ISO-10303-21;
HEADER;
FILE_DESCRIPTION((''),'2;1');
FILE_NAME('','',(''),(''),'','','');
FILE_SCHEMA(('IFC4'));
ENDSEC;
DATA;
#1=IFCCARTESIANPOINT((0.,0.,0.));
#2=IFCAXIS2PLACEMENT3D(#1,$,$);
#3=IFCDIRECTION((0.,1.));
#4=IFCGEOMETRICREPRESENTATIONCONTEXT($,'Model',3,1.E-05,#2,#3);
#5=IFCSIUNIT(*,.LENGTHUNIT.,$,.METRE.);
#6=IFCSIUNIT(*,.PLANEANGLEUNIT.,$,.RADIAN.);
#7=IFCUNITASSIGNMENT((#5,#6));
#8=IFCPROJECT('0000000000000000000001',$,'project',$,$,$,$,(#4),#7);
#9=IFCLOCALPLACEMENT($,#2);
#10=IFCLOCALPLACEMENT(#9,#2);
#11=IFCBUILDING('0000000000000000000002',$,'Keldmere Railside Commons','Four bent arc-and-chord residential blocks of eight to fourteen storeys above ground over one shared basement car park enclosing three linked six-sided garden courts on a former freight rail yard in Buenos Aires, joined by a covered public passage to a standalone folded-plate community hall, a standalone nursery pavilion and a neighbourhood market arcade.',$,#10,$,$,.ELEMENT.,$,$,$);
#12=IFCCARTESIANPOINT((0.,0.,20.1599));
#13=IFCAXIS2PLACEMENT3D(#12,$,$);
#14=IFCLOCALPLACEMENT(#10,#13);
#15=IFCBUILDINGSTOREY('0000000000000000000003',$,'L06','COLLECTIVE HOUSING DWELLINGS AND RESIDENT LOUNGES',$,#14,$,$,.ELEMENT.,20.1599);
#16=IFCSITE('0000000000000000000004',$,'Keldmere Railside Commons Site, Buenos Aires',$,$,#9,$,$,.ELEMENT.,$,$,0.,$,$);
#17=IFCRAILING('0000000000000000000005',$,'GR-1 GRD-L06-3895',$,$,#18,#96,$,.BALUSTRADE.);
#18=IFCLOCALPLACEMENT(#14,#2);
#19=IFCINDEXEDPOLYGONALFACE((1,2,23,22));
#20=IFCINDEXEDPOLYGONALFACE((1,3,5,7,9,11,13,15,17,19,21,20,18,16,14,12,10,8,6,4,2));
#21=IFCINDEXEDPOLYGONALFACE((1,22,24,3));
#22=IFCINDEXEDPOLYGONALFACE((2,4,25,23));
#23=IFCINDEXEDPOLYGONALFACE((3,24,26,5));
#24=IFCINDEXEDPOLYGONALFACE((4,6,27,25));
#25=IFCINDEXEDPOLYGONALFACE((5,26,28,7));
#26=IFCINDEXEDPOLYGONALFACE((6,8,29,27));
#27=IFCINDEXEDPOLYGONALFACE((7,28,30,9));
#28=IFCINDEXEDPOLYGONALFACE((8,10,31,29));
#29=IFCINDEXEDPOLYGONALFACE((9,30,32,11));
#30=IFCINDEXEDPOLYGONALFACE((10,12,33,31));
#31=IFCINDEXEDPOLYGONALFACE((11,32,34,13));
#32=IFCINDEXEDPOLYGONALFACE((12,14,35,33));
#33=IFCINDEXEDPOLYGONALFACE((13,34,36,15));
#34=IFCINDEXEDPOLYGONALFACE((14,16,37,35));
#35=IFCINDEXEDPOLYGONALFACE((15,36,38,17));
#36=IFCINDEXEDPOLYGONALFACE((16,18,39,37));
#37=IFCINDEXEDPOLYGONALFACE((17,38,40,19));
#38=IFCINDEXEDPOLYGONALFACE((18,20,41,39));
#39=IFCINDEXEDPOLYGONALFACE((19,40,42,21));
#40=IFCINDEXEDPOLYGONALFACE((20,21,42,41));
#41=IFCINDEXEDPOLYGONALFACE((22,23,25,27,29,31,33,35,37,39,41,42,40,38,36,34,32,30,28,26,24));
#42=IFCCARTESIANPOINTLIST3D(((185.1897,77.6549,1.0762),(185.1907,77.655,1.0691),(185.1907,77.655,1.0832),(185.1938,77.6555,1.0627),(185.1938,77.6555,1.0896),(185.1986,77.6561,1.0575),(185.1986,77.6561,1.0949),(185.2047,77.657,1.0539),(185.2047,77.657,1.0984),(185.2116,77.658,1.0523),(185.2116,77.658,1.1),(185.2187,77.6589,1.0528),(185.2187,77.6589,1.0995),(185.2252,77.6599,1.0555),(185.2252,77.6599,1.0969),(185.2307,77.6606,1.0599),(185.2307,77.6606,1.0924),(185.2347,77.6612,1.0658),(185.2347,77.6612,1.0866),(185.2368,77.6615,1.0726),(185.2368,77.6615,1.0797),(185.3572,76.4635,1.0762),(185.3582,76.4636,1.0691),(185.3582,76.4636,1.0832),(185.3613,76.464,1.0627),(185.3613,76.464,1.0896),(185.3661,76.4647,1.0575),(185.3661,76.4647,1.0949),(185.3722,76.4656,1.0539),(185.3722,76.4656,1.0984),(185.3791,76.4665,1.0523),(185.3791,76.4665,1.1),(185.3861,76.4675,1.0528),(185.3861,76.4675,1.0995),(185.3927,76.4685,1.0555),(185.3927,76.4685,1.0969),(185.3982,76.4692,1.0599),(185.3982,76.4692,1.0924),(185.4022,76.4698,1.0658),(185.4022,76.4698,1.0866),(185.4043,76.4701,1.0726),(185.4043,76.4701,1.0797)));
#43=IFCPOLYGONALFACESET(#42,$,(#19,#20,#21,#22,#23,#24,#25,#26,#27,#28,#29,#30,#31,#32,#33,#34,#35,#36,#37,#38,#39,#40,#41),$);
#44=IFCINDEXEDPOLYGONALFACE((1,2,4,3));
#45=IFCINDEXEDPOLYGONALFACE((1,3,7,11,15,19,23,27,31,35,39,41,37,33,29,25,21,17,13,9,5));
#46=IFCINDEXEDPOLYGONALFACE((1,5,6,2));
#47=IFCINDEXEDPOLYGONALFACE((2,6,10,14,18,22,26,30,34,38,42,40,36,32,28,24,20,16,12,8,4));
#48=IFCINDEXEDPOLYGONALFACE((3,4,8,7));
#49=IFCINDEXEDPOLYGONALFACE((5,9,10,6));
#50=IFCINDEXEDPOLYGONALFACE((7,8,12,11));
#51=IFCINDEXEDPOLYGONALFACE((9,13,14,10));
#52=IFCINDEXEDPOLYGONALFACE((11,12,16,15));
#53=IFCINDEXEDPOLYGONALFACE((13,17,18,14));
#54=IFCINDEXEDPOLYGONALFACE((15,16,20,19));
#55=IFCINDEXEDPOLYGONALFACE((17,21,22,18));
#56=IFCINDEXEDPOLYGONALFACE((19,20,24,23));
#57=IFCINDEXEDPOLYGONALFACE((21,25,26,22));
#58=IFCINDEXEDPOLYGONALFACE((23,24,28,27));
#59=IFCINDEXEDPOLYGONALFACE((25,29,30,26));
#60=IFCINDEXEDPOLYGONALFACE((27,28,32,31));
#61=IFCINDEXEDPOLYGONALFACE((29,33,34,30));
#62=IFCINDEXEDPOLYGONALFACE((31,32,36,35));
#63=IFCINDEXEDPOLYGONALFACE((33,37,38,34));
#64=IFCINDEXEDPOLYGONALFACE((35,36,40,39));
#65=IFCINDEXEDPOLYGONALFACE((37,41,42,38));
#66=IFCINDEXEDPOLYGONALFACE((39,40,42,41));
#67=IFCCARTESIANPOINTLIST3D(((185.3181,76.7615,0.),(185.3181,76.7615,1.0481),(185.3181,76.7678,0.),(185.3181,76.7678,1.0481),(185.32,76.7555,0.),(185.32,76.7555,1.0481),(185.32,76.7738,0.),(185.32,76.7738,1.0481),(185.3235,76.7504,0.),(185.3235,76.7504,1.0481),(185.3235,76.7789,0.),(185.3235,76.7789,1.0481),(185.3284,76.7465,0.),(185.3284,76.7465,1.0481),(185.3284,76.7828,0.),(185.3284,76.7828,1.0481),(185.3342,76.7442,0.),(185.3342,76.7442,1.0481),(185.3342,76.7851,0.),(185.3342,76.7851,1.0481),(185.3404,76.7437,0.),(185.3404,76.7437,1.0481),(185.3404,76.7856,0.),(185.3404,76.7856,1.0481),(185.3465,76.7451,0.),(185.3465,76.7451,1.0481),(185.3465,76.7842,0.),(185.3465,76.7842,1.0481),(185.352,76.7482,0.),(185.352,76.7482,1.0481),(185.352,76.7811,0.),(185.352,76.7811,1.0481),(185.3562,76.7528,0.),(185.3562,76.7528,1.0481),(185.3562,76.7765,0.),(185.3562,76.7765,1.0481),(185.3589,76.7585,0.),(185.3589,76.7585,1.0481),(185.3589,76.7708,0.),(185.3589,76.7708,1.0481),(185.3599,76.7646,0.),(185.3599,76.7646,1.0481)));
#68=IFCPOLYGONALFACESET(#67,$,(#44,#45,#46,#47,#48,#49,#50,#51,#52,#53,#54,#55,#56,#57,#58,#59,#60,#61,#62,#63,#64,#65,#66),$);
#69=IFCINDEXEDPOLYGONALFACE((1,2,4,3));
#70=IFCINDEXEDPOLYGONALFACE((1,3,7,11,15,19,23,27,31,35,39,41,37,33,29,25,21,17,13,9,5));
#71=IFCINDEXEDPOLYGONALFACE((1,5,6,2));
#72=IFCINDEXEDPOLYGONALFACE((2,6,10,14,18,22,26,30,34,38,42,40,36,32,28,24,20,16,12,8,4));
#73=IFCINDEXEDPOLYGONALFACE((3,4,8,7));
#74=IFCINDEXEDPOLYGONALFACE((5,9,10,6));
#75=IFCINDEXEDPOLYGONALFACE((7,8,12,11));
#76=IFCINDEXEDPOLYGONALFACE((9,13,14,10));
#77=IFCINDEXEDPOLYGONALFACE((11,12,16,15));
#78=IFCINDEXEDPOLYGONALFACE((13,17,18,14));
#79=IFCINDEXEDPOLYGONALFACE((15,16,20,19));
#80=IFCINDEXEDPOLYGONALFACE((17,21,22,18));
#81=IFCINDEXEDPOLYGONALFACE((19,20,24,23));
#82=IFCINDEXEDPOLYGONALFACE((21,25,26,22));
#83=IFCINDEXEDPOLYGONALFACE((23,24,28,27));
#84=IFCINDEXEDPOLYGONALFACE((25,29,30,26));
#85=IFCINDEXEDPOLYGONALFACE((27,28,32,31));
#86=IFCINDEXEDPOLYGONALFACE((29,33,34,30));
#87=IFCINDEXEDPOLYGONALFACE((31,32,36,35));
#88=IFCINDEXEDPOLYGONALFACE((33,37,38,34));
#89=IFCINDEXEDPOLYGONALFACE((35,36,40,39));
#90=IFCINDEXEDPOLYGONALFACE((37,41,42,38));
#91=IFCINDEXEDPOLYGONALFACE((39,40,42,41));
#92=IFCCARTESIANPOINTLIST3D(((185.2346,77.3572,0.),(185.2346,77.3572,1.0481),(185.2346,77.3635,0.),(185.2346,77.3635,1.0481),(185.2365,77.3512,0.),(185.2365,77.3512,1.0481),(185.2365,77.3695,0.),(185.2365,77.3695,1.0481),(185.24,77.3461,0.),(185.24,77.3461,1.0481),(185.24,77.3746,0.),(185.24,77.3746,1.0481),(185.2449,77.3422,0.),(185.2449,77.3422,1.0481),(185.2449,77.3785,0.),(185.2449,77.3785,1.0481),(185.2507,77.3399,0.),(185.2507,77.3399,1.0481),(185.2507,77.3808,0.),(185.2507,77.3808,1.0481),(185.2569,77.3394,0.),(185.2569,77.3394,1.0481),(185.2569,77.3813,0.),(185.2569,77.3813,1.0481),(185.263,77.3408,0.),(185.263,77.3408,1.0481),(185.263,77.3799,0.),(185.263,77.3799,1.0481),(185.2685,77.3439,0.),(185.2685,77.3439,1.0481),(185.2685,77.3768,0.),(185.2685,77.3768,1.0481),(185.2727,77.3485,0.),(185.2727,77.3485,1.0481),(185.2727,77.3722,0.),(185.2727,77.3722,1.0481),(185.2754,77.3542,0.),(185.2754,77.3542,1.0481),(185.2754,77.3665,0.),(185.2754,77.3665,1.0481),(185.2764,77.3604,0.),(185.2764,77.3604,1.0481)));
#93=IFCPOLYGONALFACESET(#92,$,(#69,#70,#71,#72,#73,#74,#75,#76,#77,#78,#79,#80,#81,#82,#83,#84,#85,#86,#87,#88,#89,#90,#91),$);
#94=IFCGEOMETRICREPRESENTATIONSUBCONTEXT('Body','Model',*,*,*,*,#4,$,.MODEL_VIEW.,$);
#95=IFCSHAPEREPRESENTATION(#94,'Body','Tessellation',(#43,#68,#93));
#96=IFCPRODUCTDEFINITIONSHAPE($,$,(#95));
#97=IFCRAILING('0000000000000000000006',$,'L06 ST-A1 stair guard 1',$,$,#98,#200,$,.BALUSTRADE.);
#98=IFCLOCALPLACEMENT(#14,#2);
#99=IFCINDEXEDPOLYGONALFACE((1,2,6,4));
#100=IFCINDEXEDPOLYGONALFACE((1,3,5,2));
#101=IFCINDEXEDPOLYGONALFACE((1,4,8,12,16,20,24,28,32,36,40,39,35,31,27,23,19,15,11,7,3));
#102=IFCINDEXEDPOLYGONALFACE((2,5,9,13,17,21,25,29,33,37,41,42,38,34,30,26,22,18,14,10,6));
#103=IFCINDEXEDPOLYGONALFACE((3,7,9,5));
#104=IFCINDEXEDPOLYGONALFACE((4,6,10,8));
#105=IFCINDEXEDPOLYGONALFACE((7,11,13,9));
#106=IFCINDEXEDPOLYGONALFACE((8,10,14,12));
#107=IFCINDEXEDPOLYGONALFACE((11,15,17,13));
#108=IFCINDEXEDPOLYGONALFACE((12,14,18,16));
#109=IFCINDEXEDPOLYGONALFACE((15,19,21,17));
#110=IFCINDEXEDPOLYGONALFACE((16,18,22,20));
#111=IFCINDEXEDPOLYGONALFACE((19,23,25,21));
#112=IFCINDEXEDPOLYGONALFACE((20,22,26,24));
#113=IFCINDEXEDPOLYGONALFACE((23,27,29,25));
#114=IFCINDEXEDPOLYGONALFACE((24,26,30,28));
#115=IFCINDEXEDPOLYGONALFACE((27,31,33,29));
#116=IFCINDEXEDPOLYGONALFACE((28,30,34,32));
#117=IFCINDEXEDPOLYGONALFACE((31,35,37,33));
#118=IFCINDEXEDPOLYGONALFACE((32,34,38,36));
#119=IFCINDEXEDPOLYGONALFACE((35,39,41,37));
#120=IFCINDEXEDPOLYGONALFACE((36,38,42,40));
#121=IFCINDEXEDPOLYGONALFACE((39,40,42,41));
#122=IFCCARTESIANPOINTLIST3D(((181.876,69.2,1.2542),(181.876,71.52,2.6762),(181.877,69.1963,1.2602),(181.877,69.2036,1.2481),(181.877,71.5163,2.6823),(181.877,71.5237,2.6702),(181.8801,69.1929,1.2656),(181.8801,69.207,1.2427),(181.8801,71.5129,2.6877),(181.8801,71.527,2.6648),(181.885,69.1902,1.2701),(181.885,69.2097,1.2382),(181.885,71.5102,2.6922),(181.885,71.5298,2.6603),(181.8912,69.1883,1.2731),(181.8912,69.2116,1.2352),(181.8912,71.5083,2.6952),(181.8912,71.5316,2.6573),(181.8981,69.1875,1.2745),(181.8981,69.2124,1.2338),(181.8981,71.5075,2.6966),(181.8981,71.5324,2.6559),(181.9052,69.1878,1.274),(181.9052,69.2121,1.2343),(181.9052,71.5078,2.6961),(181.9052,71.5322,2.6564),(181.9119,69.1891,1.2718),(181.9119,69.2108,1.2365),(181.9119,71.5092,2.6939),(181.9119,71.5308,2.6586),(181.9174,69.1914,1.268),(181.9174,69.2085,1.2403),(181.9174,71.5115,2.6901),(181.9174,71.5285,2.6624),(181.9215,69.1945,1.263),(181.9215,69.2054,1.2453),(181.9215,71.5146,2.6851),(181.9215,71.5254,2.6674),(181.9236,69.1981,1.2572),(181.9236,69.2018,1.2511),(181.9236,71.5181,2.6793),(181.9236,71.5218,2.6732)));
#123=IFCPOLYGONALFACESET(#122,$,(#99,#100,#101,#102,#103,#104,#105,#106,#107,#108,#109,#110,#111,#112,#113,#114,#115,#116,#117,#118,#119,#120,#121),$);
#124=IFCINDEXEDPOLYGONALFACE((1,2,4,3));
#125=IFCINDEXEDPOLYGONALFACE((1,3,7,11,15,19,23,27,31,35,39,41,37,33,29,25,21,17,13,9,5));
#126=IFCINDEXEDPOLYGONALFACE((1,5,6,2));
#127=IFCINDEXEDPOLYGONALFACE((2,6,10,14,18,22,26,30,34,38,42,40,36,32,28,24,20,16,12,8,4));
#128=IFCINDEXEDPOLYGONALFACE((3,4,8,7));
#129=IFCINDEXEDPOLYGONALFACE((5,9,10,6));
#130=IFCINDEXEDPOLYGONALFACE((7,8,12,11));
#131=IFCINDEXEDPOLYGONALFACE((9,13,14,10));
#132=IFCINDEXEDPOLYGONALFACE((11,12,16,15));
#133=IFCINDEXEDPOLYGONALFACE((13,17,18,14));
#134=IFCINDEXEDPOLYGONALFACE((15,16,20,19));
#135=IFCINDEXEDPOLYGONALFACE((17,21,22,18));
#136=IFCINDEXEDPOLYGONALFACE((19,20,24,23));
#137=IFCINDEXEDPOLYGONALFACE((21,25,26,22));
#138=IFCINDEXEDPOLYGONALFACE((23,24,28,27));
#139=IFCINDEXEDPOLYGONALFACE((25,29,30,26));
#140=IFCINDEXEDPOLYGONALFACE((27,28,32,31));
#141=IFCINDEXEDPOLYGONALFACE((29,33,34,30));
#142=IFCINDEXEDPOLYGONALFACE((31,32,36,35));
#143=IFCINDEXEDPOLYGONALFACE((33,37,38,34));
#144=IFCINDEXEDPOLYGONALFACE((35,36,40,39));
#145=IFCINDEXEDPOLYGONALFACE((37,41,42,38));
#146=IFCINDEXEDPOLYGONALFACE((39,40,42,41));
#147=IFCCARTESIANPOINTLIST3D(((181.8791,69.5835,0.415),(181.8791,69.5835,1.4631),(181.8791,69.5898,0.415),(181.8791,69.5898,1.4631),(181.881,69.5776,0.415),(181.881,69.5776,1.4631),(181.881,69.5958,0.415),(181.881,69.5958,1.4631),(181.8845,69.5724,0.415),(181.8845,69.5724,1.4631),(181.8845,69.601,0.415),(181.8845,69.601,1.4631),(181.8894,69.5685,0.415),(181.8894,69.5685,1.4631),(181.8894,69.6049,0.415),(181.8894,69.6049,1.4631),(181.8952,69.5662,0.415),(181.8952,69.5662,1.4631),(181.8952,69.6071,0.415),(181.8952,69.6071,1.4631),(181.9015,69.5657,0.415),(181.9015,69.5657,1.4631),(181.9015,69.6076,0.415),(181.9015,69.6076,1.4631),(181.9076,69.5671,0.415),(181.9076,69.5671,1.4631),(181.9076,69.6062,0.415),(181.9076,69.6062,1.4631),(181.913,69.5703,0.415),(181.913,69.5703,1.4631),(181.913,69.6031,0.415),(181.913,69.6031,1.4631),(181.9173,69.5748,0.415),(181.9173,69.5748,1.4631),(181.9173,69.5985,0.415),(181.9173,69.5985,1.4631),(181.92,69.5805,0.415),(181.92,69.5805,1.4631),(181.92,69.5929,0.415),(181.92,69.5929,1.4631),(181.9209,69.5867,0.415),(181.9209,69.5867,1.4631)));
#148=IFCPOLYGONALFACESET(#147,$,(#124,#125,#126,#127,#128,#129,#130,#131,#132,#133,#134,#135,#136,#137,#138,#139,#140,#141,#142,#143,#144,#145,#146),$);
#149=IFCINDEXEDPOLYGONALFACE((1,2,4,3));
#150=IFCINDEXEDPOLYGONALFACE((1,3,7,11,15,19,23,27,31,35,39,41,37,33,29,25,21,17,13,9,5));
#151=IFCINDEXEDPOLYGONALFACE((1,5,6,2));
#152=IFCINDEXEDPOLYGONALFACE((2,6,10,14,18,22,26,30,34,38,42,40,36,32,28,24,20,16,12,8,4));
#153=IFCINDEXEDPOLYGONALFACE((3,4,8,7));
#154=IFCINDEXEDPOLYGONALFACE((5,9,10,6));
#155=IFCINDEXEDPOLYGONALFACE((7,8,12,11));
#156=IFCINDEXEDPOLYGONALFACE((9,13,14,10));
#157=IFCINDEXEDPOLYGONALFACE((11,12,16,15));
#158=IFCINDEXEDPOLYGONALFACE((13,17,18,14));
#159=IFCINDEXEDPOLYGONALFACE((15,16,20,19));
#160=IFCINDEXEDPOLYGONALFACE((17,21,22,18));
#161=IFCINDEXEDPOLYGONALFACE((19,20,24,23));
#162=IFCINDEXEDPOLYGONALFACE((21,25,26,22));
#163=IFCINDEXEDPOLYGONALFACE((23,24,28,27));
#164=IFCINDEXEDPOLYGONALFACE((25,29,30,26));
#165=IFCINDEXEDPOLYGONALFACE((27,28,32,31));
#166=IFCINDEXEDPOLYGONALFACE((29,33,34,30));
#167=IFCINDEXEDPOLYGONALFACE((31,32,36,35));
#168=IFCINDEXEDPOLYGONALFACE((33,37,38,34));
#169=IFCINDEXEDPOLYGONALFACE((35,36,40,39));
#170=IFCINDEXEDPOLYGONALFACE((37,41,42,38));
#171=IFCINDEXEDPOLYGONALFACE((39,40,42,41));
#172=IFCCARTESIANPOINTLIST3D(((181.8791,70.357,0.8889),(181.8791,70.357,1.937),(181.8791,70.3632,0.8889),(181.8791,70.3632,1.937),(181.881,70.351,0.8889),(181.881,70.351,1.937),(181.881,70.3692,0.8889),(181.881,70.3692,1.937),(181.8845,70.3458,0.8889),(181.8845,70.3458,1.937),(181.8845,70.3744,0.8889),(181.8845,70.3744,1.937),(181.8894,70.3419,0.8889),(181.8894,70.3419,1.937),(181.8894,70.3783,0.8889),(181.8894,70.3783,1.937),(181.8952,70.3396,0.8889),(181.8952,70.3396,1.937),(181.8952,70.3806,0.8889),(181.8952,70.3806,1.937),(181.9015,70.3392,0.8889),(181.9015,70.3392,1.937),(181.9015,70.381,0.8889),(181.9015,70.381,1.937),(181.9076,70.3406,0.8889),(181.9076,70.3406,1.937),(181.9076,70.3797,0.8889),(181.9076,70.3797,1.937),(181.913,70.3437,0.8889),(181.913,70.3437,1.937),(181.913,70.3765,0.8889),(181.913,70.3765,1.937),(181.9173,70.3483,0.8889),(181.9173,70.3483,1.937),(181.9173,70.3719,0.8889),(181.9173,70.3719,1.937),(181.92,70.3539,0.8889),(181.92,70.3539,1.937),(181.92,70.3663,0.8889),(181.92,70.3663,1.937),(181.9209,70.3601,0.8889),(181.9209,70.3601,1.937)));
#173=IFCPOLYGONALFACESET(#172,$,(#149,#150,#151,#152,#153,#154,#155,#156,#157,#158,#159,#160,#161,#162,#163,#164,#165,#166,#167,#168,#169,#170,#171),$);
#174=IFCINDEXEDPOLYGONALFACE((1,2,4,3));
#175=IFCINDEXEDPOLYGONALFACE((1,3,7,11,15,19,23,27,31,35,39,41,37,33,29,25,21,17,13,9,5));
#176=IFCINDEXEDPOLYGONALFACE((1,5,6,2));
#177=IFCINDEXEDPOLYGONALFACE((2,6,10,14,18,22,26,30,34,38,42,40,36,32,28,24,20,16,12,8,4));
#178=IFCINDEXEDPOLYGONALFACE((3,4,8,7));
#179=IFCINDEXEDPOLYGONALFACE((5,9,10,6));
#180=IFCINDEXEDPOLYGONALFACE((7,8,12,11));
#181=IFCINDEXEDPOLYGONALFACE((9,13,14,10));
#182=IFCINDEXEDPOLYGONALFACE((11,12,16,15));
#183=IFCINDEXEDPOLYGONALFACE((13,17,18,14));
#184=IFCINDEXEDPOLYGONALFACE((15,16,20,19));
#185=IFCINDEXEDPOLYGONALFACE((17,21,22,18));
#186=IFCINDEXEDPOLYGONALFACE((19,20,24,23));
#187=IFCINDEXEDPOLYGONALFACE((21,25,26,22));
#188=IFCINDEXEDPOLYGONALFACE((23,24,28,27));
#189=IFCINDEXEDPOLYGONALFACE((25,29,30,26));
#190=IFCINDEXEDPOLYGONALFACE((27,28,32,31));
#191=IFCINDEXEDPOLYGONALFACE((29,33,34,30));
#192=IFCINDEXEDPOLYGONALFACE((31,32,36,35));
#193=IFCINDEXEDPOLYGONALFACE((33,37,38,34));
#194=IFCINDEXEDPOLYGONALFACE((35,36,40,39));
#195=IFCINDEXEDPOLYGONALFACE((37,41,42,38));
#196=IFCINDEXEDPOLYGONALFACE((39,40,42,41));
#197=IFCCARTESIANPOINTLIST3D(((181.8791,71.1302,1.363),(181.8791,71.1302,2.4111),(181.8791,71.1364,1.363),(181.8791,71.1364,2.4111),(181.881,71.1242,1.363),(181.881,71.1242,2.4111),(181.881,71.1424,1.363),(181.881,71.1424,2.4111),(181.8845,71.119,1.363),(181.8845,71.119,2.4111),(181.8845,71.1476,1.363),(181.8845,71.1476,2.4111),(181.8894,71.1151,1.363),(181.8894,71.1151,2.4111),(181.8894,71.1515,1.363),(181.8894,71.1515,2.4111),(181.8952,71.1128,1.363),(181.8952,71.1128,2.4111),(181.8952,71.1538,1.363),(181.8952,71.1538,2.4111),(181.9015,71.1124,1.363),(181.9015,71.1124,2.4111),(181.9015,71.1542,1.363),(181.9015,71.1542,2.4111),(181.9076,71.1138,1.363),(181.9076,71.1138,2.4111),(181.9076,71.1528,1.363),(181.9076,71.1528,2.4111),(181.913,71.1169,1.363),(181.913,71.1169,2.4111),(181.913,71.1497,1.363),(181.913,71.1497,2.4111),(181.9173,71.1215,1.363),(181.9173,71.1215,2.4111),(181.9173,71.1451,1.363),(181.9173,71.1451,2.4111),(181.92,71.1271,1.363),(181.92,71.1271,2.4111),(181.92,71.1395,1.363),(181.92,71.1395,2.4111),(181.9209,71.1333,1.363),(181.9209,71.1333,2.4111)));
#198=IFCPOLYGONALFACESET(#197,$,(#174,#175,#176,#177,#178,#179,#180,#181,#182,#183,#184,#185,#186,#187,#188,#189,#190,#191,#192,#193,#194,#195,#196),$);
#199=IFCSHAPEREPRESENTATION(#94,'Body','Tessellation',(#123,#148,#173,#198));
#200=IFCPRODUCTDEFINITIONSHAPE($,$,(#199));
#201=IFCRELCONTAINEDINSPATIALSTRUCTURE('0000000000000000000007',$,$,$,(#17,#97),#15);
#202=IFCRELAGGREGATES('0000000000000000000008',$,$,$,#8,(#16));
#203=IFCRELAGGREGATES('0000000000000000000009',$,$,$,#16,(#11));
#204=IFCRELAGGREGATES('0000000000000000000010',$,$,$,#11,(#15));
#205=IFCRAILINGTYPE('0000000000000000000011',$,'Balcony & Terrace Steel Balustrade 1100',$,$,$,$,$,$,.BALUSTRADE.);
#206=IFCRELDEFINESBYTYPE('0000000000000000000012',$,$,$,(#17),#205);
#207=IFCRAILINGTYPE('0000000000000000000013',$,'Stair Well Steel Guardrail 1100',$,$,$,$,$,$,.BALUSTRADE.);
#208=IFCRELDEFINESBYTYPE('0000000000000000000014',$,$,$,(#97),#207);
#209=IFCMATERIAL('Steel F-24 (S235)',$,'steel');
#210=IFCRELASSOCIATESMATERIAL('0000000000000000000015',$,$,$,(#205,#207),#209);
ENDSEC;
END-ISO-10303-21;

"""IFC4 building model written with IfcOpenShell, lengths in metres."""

from ifc_helpers import new_model, si_unit, direction, frame, origin, origin_2d, place, context, subcontext, project, spatial, circle, extrude, material, type_object, element, save


model = new_model("IFC4")

# Units and contexts
model_context = context("Model", 3, precision=1e-05, world=origin(), true_north=direction((0.0, 1.0)))
body_context = subcontext(model_context, "Body", "Model", "MODEL_VIEW")
ifc_project = project(units=[si_unit("LENGTHUNIT", "METRE"), si_unit("PLANEANGLEUNIT", "RADIAN")], contexts=[model_context])

# Site, building, storey
site_placement = place(None, origin())
site = spatial("IfcSite", under=ifc_project, at=site_placement, Name="Keldmere Railside Commons Site, Buenos Aires", CompositionType="ELEMENT", RefElevation=0.0)
building_placement = place(site_placement, origin())
building = spatial("IfcBuilding", under=site, at=building_placement, Name="Keldmere Railside Commons", Description="Four bent arc-and-chord residential blocks of eight to fourteen storeys above ground over one shared basement car park enclosing three linked six-sided garden courts on a former freight rail yard in Buenos Aires, joined by a covered public passage to a standalone folded-plate community hall, a standalone nursery pavilion and a neighbourhood market arcade.", CompositionType="ELEMENT")
storey_placement = place(building_placement, frame((0.0, 0.0, 20.1599)))
storey = spatial("IfcBuildingStorey", under=building, at=storey_placement, Name="L06", Description="COLLECTIVE HOUSING DWELLINGS AND RESIDENT LOUNGES", CompositionType="ELEMENT", Elevation=20.1599)

# Shared definitions
ifc_material_1 = material(Name="Steel F-24 (S235)", Category="steel")

# Railings
railing_type_1 = type_object("IfcRailingType", Name="Balcony & Terrace Steel Balustrade 1100", PredefinedType="BALUSTRADE", material=ifc_material_1)
railing_1_placement = place(storey_placement, frame((185.3809, 76.4668, 0.0)))
element("IfcRailing", 1, at=railing_1_placement, inside=storey, type_object=railing_type_1, Name="GR-1 GRD-L06-3895", PredefinedType="BALUSTRADE", context=body_context, shape_type="SweptSolid", body=[
    extrude(circle(Radius=0.0239, at=origin_2d()), frame((0.0, 0.0, 1.0762), z_axis=(-0.139205, 0.990264, 0.0), x_axis=(-0.990264, -0.139205, 0.0)), (0.0, 0.0, 1.0), 1.2031),
    extrude(circle(Radius=0.021, at=origin_2d()), frame((-0.042, 0.2979, 0.0)), (0.0, 0.0, 1.0), 1.0481),
    extrude(circle(Radius=0.021, at=origin_2d()), frame((-0.1255, 0.8936, 0.0)), (0.0, 0.0, 1.0), 1.0481),
])
railing_type_2 = type_object("IfcRailingType", Name="Stair Well Steel Guardrail 1100", PredefinedType="BALUSTRADE", material=ifc_material_1)
railing_2_placement = place(storey_placement, frame((181.8999, 69.2, 0.178)))
element("IfcRailing", 2, at=railing_2_placement, inside=storey, type_object=railing_type_2, Name="L06 ST-A1 stair guard 1", PredefinedType="BALUSTRADE", context=body_context, shape_type="SweptSolid", body=[
    extrude(circle(Radius=0.0239, at=origin_2d()), frame((0.0, 0.0, 1.0762), z_axis=(0.0, 0.852578, 0.5226), x_axis=(-1.0, 0.0, 0.0)), (0.0, 0.0, 1.0), 2.7212),
    extrude(circle(Radius=0.021, at=origin_2d()), frame((0.0, 0.3867, 0.2371)), (0.0, 0.0, 1.0), 1.0481),
    extrude(circle(Radius=0.021, at=origin_2d()), frame((0.0, 1.1602, 0.7109)), (0.0, 0.0, 1.0), 1.0481),
    extrude(circle(Radius=0.021, at=origin_2d()), frame((0.0, 1.9333, 1.1851)), (0.0, 0.0, 1.0), 1.0481),
])

save(model, "model.ifc")
